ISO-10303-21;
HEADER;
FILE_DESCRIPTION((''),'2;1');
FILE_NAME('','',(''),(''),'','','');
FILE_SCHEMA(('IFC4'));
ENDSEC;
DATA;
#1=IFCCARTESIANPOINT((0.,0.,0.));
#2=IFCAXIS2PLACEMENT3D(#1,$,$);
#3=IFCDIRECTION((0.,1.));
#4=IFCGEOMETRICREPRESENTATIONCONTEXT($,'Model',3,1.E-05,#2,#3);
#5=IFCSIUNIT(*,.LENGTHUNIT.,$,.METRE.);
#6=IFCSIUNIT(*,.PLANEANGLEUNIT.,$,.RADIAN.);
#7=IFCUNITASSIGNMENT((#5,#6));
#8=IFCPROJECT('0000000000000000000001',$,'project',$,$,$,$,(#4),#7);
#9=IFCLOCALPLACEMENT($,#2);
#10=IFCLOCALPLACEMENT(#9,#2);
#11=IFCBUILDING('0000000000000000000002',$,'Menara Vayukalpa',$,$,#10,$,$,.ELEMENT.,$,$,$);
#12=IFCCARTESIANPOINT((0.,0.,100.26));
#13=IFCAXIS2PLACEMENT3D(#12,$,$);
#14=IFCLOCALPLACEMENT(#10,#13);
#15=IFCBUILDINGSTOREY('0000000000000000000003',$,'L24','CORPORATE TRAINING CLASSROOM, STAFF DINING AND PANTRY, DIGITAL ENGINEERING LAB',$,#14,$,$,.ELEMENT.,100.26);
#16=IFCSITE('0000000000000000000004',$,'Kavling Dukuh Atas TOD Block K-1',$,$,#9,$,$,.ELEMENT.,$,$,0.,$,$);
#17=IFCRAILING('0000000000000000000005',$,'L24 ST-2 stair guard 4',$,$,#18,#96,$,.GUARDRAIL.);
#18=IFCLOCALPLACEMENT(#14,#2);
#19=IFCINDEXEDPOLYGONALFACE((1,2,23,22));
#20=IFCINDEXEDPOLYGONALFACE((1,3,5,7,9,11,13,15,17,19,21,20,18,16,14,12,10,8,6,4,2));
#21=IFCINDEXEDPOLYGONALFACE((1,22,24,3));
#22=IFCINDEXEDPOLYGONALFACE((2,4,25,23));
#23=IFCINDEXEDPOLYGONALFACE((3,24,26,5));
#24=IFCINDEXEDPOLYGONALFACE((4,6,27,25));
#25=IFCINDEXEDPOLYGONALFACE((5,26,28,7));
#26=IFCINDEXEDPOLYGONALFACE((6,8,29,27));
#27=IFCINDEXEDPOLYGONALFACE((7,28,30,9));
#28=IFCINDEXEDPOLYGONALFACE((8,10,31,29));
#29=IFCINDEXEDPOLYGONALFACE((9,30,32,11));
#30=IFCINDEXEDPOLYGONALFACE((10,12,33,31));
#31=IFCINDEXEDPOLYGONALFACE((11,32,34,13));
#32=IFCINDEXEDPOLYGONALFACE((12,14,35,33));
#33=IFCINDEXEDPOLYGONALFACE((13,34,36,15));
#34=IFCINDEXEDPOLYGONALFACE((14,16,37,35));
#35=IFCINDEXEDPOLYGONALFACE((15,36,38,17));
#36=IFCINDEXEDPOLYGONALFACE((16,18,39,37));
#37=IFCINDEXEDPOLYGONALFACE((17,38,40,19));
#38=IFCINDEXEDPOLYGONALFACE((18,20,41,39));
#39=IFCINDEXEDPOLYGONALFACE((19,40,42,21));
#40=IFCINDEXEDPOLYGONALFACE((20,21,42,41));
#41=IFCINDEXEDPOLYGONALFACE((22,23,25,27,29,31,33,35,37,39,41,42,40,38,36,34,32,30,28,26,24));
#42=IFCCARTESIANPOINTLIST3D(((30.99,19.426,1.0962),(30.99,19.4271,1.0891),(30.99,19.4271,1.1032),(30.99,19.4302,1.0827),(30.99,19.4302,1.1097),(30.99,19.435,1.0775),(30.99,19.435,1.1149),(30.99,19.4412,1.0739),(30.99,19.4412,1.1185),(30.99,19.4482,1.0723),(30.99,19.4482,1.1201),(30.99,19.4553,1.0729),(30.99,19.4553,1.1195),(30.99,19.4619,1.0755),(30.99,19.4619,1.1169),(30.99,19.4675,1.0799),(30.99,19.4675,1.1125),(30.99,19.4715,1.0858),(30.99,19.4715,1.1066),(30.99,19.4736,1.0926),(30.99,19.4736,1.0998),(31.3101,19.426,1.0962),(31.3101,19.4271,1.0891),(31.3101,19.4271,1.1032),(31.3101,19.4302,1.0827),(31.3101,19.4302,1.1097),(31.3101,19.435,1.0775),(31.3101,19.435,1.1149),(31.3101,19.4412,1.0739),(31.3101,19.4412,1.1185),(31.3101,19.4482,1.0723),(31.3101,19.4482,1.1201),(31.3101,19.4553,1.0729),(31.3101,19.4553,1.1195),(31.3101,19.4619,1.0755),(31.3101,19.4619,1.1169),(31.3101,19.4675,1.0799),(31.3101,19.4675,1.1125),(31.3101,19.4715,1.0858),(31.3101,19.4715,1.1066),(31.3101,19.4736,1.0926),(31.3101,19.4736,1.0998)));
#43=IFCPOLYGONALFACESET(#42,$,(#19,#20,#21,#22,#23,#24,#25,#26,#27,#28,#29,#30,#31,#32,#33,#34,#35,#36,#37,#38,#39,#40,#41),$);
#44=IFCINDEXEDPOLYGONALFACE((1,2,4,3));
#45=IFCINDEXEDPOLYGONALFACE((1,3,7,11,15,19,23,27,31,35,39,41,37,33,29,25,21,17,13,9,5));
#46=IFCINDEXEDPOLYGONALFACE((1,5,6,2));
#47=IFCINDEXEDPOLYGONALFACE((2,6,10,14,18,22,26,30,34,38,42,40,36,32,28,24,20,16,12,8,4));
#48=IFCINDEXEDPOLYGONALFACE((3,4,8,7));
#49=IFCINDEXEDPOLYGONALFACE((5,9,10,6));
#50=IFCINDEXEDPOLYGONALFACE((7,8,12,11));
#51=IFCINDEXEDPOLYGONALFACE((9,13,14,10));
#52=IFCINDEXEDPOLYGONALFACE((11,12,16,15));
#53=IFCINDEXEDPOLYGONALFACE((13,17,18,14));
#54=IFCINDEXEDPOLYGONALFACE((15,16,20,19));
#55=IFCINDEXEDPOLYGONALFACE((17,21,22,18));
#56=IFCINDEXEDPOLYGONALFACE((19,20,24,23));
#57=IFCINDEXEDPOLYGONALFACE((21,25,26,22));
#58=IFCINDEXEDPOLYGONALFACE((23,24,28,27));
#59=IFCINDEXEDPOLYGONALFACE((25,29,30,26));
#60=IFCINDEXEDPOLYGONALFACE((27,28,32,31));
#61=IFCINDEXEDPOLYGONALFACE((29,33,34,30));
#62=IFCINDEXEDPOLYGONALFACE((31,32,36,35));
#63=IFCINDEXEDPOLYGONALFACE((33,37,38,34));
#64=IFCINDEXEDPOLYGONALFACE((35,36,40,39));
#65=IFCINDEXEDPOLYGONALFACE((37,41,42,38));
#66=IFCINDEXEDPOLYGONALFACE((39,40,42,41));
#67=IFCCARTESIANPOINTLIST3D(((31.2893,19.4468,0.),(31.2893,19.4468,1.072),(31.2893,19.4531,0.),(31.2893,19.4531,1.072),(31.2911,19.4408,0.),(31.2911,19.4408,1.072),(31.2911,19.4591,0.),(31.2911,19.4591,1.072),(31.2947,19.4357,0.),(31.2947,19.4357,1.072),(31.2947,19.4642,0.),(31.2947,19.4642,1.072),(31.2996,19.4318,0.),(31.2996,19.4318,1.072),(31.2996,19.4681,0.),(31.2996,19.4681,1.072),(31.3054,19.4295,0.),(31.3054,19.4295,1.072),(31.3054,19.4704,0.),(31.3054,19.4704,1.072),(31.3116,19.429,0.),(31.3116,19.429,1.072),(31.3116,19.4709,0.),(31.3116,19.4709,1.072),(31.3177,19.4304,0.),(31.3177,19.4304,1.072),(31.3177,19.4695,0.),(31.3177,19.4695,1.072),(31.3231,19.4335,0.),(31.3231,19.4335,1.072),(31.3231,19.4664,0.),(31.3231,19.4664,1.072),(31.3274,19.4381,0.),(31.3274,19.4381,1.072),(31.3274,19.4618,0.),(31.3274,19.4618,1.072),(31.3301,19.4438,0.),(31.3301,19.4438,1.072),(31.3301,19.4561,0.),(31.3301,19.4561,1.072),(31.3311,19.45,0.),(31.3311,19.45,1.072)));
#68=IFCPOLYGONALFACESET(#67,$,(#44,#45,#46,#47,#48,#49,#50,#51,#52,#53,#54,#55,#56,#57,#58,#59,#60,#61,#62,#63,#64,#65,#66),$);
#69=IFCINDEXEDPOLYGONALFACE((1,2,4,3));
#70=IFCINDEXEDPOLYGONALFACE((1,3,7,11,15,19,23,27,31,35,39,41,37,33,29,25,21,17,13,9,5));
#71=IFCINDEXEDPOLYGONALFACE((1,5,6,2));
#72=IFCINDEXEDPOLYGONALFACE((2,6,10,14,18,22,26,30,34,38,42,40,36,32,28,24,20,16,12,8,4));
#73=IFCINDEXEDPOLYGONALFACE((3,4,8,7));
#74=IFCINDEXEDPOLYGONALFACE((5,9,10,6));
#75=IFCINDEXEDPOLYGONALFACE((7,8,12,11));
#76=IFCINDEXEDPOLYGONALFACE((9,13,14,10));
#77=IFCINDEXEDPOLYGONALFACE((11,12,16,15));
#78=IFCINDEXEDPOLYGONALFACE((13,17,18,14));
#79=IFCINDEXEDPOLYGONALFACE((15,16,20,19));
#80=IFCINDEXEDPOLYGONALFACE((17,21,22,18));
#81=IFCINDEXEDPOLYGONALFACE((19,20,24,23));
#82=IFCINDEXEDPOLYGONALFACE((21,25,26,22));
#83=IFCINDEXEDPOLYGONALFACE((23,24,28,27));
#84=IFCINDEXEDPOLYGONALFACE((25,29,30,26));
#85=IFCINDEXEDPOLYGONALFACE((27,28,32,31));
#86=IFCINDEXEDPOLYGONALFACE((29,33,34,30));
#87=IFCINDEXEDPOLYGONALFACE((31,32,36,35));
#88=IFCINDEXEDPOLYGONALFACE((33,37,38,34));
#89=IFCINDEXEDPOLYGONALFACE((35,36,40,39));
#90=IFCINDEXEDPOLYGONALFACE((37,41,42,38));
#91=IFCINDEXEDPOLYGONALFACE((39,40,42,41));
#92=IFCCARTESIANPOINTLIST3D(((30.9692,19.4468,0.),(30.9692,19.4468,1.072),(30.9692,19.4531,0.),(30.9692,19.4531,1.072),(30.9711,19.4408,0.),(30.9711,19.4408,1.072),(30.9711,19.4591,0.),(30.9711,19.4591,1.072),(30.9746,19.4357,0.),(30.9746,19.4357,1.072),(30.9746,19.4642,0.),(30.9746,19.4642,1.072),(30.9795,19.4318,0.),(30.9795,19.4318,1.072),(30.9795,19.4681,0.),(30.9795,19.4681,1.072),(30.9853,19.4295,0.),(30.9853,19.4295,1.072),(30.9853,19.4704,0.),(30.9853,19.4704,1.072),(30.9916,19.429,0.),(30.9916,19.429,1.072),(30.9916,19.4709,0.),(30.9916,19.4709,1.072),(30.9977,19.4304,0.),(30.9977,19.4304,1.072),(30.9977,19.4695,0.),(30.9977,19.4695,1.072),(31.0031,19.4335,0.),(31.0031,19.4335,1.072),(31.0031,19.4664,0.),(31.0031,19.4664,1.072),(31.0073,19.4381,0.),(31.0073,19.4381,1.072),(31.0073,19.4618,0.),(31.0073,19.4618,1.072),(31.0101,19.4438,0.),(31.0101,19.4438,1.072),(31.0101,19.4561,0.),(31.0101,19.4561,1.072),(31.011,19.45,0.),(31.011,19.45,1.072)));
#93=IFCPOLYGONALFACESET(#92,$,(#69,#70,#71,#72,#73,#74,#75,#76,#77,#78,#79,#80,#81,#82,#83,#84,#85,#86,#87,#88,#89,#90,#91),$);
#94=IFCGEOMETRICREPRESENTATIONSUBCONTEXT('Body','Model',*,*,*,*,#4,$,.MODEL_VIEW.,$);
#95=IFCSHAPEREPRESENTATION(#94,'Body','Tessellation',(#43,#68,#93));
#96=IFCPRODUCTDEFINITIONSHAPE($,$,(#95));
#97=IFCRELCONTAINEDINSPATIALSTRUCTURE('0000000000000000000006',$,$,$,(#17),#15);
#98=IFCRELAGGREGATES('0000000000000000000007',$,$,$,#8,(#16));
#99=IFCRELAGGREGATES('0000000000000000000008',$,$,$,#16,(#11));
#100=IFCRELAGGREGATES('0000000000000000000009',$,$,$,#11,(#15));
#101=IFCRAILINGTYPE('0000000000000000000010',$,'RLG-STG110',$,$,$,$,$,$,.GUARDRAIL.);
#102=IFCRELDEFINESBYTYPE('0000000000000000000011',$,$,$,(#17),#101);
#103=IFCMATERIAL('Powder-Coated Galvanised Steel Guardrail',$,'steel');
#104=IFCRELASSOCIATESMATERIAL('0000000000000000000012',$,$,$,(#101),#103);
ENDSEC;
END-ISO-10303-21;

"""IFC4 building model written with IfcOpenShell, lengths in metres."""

from ifc_helpers import new_model, si_unit, direction, frame, origin, origin_2d, place, context, subcontext, project, spatial, circle, extrude, material, type_object, element, save


model = new_model("IFC4")

# Units and contexts
model_context = context("Model", 3, precision=1e-05, world=origin(), true_north=direction((0.0, 1.0)))
body_context = subcontext(model_context, "Body", "Model", "MODEL_VIEW")
ifc_project = project(units=[si_unit("LENGTHUNIT", "METRE"), si_unit("PLANEANGLEUNIT", "RADIAN")], contexts=[model_context])

# Site, building, storey
site_placement = place(None, origin())
site = spatial("IfcSite", under=ifc_project, at=site_placement, Name="Kavling Dukuh Atas TOD Block K-1", CompositionType="ELEMENT", RefElevation=0.0)
building_placement = place(site_placement, origin())
building = spatial("IfcBuilding", under=site, at=building_placement, Name="Menara Vayukalpa", CompositionType="ELEMENT")
storey_placement = place(building_placement, frame((0.0, 0.0, 100.26)))
storey = spatial("IfcBuildingStorey", under=building, at=storey_placement, Name="L24", Description="CORPORATE TRAINING CLASSROOM, STAFF DINING AND PANTRY, DIGITAL ENGINEERING LAB", CompositionType="ELEMENT", Elevation=100.26)

# Railing
ifc_material_1 = material(Name="Powder-Coated Galvanised Steel Guardrail", Category="steel")
railing_type_1 = type_object("IfcRailingType", Name="RLG-STG110", PredefinedType="GUARDRAIL", material=ifc_material_1)
railing_1_placement = place(storey_placement, frame((31.3101, 19.45, 0.0)))
element("IfcRailing", 1, at=railing_1_placement, inside=storey, type_object=railing_type_1, Name="L24 ST-2 stair guard 4", PredefinedType="GUARDRAIL", context=body_context, shape_type="SweptSolid", body=[
    extrude(circle(Radius=0.0239, at=origin_2d()), frame((0.0, 0.0, 1.0962), z_axis=(-1.0, 0.0, 0.0), x_axis=(0.0, -1.0, 0.0)), (0.0, 0.0, 1.0), 0.3201),
    extrude(circle(Radius=0.021, at=origin_2d()), origin(), (0.0, 0.0, 1.0), 1.072),
    extrude(circle(Radius=0.021, at=origin_2d()), frame((-0.3201, 0.0, 0.0)), (0.0, 0.0, 1.0), 1.072),
])

save(model, "model.ifc")
